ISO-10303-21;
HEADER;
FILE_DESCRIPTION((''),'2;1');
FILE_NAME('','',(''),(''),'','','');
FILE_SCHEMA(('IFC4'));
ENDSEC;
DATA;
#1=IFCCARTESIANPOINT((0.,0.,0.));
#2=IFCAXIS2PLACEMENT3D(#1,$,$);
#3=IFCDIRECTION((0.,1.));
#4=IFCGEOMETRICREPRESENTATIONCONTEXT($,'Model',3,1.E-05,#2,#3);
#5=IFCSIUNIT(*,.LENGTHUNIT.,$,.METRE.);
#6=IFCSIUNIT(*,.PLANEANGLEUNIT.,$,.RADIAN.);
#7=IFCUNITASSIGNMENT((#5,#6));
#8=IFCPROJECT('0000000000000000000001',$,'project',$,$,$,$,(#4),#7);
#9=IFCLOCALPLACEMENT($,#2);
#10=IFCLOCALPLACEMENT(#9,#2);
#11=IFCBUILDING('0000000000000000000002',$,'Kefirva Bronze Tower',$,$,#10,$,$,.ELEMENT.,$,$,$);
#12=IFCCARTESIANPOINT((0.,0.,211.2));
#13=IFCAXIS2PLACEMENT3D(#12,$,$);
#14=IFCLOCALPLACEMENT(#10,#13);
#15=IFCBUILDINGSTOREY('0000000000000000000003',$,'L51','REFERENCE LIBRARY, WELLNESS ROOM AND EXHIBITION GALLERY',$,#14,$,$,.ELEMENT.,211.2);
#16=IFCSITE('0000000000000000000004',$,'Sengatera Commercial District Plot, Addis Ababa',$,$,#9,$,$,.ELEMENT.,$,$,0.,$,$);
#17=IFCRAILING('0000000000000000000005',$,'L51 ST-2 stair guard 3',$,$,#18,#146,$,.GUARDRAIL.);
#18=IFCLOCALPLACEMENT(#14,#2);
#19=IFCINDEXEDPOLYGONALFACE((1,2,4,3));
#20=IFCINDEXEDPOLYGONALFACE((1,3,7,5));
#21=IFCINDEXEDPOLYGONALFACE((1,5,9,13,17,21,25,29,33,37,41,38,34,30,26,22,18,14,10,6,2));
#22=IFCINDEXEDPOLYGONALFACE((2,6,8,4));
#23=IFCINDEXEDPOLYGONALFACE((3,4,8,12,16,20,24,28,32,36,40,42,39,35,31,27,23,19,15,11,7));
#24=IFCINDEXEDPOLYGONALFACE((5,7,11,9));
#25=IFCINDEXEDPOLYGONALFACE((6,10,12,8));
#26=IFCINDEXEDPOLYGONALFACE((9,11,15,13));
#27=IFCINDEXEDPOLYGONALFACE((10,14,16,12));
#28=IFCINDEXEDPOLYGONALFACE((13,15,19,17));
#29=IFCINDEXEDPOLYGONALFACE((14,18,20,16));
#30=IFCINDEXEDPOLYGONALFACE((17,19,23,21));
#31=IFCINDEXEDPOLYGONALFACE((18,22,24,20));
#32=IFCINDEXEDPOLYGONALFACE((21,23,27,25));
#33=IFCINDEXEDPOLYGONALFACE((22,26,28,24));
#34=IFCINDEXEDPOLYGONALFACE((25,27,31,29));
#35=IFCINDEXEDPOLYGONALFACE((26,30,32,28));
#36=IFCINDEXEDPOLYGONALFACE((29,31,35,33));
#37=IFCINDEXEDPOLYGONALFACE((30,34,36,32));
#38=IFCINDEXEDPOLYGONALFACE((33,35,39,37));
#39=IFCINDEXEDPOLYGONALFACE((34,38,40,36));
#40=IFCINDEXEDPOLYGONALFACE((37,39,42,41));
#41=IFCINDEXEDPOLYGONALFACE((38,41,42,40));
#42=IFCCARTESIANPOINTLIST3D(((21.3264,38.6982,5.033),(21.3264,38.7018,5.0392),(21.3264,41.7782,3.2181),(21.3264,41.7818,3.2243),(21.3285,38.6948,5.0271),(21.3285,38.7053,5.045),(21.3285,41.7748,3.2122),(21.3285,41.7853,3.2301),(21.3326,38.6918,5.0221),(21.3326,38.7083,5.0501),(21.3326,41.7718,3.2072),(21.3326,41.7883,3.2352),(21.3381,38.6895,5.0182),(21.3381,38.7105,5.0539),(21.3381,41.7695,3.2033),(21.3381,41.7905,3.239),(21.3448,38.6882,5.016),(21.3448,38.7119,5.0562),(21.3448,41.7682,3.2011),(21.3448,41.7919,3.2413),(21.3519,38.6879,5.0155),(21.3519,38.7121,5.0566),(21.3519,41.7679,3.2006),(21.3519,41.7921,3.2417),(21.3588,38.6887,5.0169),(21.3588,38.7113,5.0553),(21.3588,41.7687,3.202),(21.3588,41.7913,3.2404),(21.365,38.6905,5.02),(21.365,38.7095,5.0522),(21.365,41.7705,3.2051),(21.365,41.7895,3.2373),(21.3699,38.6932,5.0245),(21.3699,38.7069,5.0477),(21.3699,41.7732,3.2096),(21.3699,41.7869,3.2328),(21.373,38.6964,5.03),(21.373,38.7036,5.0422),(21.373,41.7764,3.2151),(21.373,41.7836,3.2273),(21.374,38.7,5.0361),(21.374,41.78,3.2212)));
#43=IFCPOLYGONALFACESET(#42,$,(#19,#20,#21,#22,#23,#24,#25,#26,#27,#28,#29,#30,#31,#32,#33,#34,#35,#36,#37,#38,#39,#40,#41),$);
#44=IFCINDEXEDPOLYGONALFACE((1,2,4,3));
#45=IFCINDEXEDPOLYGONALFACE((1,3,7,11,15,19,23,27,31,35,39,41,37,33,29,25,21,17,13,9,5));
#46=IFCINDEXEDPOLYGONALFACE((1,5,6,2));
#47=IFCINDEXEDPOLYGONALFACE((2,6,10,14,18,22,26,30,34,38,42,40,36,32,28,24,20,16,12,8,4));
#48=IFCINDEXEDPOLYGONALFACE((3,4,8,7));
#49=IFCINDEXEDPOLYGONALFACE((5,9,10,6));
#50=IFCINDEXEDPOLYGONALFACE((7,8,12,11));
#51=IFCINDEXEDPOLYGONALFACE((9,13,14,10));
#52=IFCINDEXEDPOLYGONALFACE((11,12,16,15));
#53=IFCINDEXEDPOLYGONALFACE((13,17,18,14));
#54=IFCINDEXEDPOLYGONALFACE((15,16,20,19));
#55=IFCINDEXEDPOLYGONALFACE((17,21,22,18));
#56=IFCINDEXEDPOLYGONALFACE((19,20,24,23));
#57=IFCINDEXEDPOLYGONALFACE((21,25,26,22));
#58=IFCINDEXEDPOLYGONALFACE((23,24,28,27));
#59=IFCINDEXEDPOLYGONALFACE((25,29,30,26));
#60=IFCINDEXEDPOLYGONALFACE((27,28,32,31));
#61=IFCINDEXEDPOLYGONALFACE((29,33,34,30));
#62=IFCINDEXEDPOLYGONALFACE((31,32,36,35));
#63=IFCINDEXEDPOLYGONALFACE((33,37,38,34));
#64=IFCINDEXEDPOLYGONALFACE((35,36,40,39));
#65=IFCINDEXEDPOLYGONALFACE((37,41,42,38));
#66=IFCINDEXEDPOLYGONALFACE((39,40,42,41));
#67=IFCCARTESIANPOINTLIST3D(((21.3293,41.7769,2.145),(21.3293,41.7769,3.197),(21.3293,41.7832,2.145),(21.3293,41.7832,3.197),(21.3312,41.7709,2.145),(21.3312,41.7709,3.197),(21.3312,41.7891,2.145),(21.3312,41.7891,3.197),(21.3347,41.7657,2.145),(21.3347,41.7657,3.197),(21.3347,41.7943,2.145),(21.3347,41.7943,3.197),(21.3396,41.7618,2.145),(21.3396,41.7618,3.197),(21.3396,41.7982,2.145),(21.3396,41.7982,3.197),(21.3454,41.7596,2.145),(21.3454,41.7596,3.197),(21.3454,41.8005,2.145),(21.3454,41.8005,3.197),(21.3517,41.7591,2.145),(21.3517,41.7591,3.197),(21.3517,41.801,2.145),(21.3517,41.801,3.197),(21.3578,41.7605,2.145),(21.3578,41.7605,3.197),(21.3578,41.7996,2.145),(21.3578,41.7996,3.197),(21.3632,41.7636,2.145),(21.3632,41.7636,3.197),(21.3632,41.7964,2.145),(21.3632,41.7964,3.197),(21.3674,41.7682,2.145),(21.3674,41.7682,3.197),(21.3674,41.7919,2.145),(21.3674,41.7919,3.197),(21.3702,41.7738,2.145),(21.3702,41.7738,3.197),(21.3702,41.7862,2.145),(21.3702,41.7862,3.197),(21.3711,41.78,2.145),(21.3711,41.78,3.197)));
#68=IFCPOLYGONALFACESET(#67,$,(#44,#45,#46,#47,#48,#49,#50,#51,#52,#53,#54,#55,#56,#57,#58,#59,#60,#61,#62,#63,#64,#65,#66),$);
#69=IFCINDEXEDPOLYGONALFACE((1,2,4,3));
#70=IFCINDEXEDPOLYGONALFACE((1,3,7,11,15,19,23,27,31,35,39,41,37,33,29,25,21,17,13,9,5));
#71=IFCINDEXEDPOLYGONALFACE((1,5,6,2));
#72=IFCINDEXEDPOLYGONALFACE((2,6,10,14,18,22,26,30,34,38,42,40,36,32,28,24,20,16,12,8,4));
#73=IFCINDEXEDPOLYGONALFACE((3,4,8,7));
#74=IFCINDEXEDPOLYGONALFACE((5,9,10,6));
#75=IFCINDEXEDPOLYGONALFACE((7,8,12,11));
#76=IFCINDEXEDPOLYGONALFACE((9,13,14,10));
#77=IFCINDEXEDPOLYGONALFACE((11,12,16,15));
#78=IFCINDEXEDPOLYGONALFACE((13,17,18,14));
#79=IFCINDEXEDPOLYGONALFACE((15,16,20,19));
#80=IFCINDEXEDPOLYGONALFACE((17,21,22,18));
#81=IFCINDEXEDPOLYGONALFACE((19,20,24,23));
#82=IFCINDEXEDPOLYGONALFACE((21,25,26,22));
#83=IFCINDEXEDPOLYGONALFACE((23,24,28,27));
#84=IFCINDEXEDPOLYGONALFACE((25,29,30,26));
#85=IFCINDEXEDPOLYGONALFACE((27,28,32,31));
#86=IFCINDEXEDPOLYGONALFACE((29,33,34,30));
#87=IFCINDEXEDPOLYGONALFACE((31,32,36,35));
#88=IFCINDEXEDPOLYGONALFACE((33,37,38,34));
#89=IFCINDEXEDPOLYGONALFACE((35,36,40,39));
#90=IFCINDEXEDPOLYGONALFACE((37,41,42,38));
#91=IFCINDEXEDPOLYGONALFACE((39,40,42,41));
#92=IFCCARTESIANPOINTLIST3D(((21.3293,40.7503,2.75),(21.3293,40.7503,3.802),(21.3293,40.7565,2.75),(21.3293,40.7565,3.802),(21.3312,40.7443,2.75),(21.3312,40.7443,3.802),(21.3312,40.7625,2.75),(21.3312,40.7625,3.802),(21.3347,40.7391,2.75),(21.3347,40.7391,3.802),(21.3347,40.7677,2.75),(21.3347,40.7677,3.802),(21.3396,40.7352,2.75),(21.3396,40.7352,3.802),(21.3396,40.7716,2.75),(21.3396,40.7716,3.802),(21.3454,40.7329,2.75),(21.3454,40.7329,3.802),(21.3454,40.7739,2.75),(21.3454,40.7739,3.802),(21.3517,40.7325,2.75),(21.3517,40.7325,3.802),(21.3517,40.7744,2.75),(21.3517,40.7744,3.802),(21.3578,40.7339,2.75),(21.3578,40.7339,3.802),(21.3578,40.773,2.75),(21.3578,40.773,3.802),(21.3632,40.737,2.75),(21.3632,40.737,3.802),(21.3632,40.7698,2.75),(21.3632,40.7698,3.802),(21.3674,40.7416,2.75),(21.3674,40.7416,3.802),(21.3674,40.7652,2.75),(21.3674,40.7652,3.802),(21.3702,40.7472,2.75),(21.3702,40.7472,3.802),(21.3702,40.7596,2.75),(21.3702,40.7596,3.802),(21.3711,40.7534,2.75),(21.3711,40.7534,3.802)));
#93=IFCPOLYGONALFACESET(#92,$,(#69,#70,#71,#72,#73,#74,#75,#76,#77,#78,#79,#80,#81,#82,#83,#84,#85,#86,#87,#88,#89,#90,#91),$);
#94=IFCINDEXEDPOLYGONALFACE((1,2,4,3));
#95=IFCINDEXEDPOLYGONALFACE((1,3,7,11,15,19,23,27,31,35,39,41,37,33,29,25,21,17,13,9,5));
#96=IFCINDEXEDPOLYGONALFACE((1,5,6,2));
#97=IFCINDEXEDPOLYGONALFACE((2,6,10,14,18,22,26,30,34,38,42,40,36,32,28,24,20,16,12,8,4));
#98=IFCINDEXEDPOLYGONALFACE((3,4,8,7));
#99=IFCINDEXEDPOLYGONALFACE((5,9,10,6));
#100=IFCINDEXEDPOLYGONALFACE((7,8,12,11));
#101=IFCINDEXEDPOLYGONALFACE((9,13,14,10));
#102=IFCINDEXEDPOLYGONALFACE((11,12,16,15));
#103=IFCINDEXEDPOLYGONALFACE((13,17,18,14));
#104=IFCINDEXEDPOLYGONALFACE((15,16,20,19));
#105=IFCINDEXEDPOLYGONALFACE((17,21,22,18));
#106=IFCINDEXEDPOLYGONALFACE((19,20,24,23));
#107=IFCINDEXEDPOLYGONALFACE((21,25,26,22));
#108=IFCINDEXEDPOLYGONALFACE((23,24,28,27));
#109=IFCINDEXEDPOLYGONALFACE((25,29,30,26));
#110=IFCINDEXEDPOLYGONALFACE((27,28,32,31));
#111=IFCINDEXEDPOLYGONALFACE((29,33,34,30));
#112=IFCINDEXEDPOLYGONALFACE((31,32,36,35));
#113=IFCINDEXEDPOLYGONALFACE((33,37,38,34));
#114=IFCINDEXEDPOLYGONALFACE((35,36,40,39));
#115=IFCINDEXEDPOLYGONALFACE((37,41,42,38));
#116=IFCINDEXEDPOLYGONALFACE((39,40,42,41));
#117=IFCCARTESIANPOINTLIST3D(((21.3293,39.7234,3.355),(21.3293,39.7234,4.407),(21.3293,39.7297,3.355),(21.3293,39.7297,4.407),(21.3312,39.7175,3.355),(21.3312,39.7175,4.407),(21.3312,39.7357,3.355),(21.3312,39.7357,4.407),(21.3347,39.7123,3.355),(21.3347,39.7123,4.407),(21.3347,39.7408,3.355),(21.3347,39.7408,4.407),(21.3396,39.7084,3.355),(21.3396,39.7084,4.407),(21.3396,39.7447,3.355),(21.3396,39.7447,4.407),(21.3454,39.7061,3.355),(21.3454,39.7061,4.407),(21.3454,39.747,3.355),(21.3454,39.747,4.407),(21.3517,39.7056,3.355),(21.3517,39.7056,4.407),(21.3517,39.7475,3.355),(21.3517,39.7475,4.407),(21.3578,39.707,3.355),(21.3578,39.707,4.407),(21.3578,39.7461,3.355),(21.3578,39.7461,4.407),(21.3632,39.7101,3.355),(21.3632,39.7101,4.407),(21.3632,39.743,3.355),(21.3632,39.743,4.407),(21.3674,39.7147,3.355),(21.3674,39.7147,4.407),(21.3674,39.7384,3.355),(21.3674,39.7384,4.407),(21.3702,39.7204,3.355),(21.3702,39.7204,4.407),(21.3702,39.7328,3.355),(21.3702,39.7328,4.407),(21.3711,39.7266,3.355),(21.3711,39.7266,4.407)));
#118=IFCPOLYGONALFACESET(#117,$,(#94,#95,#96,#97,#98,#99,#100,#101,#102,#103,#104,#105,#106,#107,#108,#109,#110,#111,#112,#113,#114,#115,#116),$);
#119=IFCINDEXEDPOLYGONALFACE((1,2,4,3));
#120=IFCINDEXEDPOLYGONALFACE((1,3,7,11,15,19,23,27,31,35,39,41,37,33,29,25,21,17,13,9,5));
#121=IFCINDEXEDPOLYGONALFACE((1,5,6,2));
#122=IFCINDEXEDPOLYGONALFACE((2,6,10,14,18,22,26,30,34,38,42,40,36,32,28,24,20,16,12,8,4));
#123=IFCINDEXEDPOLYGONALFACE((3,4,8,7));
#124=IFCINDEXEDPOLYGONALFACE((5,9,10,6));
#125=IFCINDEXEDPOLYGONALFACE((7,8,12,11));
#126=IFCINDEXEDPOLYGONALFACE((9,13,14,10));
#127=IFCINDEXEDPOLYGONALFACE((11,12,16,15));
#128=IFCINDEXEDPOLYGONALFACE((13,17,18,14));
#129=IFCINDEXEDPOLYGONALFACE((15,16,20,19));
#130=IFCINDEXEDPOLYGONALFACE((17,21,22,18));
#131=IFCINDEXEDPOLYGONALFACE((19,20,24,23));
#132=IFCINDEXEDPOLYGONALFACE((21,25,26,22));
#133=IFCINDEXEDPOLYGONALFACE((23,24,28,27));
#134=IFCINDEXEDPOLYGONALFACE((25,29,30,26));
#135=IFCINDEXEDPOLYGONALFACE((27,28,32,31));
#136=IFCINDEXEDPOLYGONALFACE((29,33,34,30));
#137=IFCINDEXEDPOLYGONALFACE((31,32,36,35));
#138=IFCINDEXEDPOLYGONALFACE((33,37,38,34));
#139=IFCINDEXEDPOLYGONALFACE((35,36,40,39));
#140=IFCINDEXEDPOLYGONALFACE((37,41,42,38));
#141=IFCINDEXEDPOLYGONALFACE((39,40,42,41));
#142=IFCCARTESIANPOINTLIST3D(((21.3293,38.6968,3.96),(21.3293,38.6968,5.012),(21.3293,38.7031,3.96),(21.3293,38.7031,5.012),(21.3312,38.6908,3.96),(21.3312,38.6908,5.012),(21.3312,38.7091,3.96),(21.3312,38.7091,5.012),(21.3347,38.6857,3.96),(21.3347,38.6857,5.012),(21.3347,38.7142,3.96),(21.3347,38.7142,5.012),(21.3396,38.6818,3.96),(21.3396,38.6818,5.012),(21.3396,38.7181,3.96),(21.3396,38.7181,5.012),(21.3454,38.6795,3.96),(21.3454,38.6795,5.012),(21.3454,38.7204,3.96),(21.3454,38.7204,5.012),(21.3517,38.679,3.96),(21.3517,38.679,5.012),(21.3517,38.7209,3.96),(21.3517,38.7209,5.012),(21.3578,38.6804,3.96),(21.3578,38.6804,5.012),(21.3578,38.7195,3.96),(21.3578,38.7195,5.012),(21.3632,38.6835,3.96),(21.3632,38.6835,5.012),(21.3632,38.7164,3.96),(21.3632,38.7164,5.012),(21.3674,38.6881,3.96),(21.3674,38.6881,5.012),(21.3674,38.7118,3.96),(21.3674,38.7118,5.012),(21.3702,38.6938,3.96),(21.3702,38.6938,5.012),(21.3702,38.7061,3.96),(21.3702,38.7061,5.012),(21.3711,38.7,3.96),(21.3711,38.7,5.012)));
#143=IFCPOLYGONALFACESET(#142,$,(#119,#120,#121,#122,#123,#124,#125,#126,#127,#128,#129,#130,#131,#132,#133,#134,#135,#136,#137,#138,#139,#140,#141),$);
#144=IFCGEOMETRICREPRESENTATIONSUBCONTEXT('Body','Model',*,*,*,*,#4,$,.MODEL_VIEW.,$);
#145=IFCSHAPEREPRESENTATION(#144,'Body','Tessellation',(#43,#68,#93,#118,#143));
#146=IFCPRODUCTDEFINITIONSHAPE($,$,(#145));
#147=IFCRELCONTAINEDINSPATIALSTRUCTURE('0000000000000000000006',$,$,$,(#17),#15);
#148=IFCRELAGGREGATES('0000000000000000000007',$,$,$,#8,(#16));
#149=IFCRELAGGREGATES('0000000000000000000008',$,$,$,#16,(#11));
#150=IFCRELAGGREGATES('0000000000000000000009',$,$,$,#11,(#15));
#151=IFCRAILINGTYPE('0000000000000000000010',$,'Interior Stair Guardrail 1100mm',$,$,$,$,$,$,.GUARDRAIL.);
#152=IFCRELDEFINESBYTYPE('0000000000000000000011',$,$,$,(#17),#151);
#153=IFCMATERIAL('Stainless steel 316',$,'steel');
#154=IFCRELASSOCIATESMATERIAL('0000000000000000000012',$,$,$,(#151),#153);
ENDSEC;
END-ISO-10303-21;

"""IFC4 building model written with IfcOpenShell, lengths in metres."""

from ifc_helpers import new_model, si_unit, direction, frame, origin, origin_2d, place, context, subcontext, project, spatial, circle, extrude, material, type_object, element, save


model = new_model("IFC4")

# Units and contexts
model_context = context("Model", 3, precision=1e-05, world=origin(), true_north=direction((0.0, 1.0)))
body_context = subcontext(model_context, "Body", "Model", "MODEL_VIEW")
ifc_project = project(units=[si_unit("LENGTHUNIT", "METRE"), si_unit("PLANEANGLEUNIT", "RADIAN")], contexts=[model_context])

# Site, building, storey
site_placement = place(None, origin())
site = spatial("IfcSite", under=ifc_project, at=site_placement, Name="Sengatera Commercial District Plot, Addis Ababa", CompositionType="ELEMENT", RefElevation=0.0)
building_placement = place(site_placement, origin())
building = spatial("IfcBuilding", under=site, at=building_placement, Name="Kefirva Bronze Tower", CompositionType="ELEMENT")
storey_placement = place(building_placement, frame((0.0, 0.0, 211.2)))
storey = spatial("IfcBuildingStorey", under=building, at=storey_placement, Name="L51", Description="REFERENCE LIBRARY, WELLNESS ROOM AND EXHIBITION GALLERY", CompositionType="ELEMENT", Elevation=211.2)

# Railing
ifc_material_1 = material(Name="Stainless steel 316", Category="steel")
railing_type_1 = type_object("IfcRailingType", Name="Interior Stair Guardrail 1100mm", PredefinedType="GUARDRAIL", material=ifc_material_1)
railing_1_placement = place(storey_placement, frame((21.3501, 41.78, 2.145)))
element("IfcRailing", 1, at=railing_1_placement, inside=storey, type_object=railing_type_1, Name="L51 ST-2 stair guard 3", PredefinedType="GUARDRAIL", context=body_context, shape_type="SweptSolid", body=[
    extrude(circle(Radius=0.0239, at=origin_2d()), frame((0.0, 0.0, 1.0762), z_axis=(0.0, -0.861551, 0.507671), x_axis=(1.0, 0.0, 0.0)), (0.0, 0.0, 1.0), 3.575),
    extrude(circle(Radius=0.021, at=origin_2d()), origin(), (0.0, 0.0, 1.0), 1.052),
    extrude(circle(Radius=0.021, at=origin_2d()), frame((0.0, -1.0266, 0.605)), (0.0, 0.0, 1.0), 1.052),
    extrude(circle(Radius=0.021, at=origin_2d()), frame((0.0, -2.0535, 1.21)), (0.0, 0.0, 1.0), 1.052),
    extrude(circle(Radius=0.021, at=origin_2d()), frame((0.0, -3.0801, 1.8149)), (0.0, 0.0, 1.0), 1.052),
])

save(model, "model.ifc")
